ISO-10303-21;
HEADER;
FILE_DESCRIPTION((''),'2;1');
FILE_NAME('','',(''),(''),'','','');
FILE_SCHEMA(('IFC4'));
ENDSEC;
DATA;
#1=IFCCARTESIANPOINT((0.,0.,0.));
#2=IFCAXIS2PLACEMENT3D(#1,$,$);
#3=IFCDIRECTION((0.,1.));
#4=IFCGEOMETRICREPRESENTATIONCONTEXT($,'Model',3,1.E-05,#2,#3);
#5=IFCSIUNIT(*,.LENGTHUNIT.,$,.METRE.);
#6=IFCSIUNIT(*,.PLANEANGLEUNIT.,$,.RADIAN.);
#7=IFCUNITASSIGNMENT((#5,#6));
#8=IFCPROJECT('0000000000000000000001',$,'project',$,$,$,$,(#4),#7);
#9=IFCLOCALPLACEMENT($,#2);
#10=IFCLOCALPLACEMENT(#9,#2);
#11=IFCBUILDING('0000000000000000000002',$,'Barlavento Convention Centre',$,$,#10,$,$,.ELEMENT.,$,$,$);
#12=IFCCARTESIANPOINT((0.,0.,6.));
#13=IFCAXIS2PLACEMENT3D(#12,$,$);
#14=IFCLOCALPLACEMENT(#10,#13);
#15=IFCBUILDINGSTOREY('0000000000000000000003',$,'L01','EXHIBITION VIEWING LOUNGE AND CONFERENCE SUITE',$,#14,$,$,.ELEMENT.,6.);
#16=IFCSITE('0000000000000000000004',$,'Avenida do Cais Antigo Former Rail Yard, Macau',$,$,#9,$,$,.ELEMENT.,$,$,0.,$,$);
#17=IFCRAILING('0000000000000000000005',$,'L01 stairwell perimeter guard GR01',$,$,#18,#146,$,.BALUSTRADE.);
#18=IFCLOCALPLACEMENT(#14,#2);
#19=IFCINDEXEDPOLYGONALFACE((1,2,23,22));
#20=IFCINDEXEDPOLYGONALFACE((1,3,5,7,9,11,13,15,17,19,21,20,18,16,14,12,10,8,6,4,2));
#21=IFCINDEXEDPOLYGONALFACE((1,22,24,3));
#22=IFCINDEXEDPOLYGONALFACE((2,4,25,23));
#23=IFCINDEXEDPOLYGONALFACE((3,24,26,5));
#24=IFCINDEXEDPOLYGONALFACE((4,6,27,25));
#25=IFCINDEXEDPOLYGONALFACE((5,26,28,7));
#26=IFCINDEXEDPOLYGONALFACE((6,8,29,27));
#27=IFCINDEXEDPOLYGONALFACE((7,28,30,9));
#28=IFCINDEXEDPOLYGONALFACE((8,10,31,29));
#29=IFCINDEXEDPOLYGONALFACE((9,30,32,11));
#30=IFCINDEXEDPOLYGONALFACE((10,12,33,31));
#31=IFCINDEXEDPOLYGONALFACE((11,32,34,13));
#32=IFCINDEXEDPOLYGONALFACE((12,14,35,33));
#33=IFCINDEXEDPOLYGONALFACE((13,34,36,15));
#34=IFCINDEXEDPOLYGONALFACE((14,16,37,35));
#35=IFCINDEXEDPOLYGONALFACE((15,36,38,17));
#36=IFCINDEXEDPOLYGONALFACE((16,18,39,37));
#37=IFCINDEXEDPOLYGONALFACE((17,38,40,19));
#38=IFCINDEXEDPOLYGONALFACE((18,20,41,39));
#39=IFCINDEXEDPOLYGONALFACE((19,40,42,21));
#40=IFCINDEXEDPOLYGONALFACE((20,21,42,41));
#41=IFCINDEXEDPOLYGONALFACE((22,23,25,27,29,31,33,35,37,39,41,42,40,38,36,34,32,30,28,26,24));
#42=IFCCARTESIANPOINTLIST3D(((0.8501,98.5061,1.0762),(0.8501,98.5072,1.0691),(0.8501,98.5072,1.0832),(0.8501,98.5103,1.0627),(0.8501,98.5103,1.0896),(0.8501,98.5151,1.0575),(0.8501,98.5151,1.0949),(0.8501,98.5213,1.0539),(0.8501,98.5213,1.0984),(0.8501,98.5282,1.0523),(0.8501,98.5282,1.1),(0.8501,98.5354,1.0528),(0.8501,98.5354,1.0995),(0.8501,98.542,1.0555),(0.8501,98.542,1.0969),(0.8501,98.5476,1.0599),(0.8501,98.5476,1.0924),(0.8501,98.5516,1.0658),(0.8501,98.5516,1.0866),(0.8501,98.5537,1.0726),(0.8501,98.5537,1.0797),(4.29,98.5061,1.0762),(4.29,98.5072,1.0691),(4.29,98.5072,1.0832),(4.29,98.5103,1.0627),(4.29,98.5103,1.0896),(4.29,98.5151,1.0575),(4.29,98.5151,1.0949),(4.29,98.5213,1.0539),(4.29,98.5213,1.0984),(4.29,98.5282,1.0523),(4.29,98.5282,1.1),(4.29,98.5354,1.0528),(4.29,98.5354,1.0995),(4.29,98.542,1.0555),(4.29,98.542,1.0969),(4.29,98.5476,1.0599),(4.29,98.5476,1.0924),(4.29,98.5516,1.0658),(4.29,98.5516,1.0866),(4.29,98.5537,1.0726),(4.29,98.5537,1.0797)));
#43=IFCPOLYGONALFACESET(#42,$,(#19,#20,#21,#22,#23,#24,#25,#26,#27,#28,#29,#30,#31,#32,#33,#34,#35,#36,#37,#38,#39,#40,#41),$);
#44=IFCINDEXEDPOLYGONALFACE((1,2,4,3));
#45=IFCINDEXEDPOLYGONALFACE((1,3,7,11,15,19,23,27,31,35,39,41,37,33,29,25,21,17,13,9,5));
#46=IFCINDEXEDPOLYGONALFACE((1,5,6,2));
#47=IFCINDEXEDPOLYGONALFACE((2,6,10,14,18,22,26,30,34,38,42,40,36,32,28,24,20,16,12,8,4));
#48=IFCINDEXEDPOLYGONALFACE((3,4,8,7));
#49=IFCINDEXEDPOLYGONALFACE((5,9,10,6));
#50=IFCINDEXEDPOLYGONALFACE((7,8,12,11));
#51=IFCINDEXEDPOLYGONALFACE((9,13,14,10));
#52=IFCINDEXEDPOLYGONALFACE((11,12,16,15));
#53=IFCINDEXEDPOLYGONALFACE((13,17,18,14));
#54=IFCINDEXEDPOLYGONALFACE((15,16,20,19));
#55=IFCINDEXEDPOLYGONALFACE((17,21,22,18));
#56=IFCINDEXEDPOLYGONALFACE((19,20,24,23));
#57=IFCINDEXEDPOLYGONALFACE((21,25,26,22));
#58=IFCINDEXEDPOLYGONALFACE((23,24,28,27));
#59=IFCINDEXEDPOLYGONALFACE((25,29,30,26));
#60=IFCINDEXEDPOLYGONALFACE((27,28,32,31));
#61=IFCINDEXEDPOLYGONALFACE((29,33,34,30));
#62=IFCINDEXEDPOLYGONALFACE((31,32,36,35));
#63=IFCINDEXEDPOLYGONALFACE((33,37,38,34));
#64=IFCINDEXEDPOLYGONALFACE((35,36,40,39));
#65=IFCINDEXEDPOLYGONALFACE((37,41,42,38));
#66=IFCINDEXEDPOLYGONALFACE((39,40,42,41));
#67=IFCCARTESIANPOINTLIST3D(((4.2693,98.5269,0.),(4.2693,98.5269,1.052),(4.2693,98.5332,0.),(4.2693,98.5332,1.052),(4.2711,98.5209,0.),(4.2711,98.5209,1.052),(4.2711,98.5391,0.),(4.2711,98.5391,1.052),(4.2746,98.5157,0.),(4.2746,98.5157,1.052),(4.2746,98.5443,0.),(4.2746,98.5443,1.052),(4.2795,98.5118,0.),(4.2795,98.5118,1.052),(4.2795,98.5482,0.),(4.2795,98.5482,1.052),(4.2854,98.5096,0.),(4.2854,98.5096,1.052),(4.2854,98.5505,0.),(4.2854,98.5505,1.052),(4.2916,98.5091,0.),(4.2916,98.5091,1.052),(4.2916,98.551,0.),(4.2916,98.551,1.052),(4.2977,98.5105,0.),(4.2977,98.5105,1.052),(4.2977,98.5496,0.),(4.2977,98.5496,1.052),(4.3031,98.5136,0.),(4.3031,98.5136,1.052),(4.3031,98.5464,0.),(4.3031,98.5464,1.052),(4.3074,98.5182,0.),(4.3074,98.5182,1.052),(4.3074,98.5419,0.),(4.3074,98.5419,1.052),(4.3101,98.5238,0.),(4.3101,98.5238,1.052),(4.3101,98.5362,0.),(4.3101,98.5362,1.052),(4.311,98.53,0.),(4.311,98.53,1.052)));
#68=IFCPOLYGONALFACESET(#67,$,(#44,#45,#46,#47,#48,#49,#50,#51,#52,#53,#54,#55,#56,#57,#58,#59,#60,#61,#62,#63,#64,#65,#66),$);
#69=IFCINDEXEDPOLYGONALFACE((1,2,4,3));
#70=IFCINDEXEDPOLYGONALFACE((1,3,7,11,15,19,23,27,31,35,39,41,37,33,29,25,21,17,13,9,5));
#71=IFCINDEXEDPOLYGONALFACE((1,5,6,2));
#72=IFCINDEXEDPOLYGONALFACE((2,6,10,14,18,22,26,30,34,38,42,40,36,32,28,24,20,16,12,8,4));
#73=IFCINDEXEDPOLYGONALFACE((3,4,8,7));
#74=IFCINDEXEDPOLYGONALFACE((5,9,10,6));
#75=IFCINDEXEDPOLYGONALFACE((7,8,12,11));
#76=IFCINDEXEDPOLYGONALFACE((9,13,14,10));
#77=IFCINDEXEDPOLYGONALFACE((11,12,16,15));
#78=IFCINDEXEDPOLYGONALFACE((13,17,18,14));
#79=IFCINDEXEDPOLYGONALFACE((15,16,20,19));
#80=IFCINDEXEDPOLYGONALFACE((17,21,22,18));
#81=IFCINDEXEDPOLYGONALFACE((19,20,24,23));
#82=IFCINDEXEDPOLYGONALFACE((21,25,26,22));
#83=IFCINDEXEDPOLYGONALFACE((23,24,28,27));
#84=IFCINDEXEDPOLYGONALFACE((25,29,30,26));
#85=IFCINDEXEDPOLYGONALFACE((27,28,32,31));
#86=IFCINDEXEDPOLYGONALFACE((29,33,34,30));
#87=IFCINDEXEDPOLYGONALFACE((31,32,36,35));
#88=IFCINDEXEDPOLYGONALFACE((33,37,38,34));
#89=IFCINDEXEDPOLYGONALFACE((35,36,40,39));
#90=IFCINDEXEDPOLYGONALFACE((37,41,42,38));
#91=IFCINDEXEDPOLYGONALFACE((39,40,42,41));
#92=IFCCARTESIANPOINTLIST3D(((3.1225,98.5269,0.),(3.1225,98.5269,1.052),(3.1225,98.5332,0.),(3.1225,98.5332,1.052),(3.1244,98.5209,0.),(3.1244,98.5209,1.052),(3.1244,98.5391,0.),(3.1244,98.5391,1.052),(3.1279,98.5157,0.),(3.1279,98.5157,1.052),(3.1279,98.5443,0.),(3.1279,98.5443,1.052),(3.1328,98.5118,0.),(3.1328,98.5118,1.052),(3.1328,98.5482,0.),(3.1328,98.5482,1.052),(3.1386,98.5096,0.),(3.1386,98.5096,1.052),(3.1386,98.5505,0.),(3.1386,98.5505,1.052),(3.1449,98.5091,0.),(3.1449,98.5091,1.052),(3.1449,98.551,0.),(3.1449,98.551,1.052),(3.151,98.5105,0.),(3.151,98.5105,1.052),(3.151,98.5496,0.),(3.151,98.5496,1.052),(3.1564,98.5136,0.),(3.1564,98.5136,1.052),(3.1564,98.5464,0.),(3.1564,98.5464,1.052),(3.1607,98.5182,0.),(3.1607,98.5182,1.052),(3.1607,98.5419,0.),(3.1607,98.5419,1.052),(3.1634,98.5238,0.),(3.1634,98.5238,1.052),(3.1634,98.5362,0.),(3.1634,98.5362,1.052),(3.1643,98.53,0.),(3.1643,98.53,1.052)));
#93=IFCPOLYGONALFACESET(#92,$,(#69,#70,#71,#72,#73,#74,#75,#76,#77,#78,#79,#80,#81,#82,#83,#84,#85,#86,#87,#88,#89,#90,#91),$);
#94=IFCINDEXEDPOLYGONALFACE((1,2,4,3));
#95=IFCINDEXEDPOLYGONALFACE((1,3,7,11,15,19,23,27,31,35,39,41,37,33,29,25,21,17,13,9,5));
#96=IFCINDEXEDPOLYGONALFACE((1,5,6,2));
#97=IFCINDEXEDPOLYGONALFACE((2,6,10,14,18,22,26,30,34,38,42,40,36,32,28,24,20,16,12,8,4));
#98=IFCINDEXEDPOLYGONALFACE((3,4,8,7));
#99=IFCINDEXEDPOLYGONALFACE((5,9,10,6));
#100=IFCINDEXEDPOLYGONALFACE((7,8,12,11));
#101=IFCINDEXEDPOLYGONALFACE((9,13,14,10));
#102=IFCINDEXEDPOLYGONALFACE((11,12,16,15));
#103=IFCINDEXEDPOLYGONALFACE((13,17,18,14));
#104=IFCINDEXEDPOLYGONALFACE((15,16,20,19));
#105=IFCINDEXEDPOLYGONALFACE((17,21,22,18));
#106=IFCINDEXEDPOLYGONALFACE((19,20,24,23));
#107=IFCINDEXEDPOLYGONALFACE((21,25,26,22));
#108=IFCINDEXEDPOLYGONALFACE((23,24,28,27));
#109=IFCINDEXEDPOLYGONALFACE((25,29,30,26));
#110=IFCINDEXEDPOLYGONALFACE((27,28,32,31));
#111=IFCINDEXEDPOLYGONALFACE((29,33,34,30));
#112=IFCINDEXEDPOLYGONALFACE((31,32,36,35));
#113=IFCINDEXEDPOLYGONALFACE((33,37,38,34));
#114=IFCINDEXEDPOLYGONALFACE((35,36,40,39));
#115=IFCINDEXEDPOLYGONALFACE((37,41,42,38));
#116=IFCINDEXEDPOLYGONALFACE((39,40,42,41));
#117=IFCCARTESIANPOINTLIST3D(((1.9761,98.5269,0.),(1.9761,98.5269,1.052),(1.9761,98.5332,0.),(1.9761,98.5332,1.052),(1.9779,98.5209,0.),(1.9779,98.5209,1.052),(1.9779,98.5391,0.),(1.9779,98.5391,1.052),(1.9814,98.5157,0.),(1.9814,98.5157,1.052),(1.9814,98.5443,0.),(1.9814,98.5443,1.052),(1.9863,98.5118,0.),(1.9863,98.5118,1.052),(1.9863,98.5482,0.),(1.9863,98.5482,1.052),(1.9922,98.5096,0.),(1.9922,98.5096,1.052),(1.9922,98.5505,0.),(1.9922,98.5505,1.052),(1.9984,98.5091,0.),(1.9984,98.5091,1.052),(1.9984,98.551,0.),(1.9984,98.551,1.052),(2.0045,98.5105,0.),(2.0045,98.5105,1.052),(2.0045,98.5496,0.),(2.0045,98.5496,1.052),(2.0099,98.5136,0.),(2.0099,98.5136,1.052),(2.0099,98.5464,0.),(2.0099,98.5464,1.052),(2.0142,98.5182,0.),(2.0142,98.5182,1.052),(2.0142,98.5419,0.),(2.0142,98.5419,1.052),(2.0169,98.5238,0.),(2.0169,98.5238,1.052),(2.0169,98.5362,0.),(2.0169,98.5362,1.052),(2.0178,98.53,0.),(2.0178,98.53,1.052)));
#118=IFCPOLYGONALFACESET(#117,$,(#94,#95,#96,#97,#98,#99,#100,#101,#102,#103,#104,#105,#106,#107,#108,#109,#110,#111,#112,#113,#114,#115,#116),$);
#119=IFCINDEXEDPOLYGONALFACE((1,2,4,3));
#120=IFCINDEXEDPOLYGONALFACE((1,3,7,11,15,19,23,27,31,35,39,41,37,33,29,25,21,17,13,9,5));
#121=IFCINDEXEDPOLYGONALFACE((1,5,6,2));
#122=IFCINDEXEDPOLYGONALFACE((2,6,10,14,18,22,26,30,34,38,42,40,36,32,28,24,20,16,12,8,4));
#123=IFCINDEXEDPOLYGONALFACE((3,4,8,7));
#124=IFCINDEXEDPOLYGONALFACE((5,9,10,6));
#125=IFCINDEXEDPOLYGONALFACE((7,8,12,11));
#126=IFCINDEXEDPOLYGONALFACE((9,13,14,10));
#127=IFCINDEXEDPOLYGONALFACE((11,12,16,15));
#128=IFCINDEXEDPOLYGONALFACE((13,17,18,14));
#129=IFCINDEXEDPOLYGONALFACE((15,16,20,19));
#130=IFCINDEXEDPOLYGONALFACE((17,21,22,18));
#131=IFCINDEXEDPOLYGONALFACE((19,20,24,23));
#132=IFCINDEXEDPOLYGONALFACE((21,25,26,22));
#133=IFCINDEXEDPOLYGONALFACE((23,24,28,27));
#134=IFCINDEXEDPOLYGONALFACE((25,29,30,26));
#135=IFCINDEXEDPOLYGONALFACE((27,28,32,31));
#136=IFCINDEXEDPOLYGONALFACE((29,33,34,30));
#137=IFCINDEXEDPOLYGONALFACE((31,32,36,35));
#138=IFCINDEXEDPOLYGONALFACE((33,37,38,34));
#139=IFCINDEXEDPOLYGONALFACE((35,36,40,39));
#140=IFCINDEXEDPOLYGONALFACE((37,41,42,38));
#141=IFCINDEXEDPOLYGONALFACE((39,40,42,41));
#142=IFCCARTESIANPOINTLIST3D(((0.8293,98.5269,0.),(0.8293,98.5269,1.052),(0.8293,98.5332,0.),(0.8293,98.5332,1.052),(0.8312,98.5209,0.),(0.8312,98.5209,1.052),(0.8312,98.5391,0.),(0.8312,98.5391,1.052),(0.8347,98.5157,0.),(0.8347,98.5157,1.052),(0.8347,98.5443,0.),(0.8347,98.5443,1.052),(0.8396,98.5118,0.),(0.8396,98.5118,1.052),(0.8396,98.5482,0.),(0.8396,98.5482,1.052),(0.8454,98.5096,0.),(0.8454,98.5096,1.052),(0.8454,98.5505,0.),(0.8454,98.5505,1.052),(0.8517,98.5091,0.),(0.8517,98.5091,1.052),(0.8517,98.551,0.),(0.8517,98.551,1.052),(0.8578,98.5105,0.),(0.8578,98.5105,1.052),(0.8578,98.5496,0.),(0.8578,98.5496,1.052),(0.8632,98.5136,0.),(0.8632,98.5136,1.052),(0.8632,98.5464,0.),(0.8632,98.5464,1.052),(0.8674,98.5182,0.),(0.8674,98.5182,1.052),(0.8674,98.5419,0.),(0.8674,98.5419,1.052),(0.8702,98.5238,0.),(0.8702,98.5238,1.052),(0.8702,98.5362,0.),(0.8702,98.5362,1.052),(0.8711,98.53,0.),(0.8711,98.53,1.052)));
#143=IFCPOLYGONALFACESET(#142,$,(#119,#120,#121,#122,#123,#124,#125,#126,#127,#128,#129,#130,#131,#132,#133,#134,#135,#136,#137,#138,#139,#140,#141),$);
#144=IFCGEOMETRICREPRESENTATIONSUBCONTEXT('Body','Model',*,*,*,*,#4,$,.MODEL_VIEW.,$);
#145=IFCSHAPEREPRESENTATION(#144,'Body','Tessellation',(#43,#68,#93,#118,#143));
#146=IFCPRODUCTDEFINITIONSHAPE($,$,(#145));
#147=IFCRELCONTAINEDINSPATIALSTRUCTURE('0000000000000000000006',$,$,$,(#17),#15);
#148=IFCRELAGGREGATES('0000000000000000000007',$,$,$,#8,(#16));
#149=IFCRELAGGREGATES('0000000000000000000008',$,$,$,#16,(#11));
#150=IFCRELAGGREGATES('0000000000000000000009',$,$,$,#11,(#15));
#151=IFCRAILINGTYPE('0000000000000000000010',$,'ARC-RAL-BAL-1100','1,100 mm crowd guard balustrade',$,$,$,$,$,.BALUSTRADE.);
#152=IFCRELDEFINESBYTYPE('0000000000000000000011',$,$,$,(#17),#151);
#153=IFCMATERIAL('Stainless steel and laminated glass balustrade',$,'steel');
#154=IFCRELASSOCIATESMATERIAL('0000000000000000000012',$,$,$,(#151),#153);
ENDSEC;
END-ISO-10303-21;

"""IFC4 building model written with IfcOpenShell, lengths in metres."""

from ifc_helpers import new_model, si_unit, direction, frame, origin, origin_2d, place, context, subcontext, project, spatial, circle, extrude, material, type_object, element, save


model = new_model("IFC4")

# Units and contexts
model_context = context("Model", 3, precision=1e-05, world=origin(), true_north=direction((0.0, 1.0)))
body_context = subcontext(model_context, "Body", "Model", "MODEL_VIEW")
ifc_project = project(units=[si_unit("LENGTHUNIT", "METRE"), si_unit("PLANEANGLEUNIT", "RADIAN")], contexts=[model_context])

# Site, building, storey
site_placement = place(None, origin())
site = spatial("IfcSite", under=ifc_project, at=site_placement, Name="Avenida do Cais Antigo Former Rail Yard, Macau", CompositionType="ELEMENT", RefElevation=0.0)
building_placement = place(site_placement, origin())
building = spatial("IfcBuilding", under=site, at=building_placement, Name="Barlavento Convention Centre", CompositionType="ELEMENT")
storey_placement = place(building_placement, frame((0.0, 0.0, 6.0)))
storey = spatial("IfcBuildingStorey", under=building, at=storey_placement, Name="L01", Description="EXHIBITION VIEWING LOUNGE AND CONFERENCE SUITE", CompositionType="ELEMENT", Elevation=6.0)

# Railing
ifc_material_1 = material(Name="Stainless steel and laminated glass balustrade", Category="steel")
railing_type = type_object("IfcRailingType", Name="ARC-RAL-BAL-1100", Description="1,100 mm crowd guard balustrade", PredefinedType="BALUSTRADE", material=ifc_material_1)
railing_1_placement = place(storey_placement, frame((4.29, 98.53, 0.0)))
element("IfcRailing", 1, at=railing_1_placement, inside=storey, type_object=railing_type, Name="L01 stairwell perimeter guard GR01", PredefinedType="BALUSTRADE", context=body_context, shape_type="SweptSolid", body=[
    extrude(circle(Radius=0.0239, at=origin_2d()), frame((0.0, 0.0, 1.0762), z_axis=(-1.0, 0.0, 0.0), x_axis=(0.0, -1.0, 0.0)), (0.0, 0.0, 1.0), 3.4399),
    extrude(circle(Radius=0.021, at=origin_2d()), origin(), (0.0, 0.0, 1.0), 1.052),
    extrude(circle(Radius=0.021, at=origin_2d()), frame((-1.1467, 0.0, 0.0)), (0.0, 0.0, 1.0), 1.052),
    extrude(circle(Radius=0.021, at=origin_2d()), frame((-2.2932, 0.0, 0.0)), (0.0, 0.0, 1.0), 1.052),
    extrude(circle(Radius=0.021, at=origin_2d()), frame((-3.4399, 0.0, 0.0)), (0.0, 0.0, 1.0), 1.052),
])

save(model, "model.ifc")
